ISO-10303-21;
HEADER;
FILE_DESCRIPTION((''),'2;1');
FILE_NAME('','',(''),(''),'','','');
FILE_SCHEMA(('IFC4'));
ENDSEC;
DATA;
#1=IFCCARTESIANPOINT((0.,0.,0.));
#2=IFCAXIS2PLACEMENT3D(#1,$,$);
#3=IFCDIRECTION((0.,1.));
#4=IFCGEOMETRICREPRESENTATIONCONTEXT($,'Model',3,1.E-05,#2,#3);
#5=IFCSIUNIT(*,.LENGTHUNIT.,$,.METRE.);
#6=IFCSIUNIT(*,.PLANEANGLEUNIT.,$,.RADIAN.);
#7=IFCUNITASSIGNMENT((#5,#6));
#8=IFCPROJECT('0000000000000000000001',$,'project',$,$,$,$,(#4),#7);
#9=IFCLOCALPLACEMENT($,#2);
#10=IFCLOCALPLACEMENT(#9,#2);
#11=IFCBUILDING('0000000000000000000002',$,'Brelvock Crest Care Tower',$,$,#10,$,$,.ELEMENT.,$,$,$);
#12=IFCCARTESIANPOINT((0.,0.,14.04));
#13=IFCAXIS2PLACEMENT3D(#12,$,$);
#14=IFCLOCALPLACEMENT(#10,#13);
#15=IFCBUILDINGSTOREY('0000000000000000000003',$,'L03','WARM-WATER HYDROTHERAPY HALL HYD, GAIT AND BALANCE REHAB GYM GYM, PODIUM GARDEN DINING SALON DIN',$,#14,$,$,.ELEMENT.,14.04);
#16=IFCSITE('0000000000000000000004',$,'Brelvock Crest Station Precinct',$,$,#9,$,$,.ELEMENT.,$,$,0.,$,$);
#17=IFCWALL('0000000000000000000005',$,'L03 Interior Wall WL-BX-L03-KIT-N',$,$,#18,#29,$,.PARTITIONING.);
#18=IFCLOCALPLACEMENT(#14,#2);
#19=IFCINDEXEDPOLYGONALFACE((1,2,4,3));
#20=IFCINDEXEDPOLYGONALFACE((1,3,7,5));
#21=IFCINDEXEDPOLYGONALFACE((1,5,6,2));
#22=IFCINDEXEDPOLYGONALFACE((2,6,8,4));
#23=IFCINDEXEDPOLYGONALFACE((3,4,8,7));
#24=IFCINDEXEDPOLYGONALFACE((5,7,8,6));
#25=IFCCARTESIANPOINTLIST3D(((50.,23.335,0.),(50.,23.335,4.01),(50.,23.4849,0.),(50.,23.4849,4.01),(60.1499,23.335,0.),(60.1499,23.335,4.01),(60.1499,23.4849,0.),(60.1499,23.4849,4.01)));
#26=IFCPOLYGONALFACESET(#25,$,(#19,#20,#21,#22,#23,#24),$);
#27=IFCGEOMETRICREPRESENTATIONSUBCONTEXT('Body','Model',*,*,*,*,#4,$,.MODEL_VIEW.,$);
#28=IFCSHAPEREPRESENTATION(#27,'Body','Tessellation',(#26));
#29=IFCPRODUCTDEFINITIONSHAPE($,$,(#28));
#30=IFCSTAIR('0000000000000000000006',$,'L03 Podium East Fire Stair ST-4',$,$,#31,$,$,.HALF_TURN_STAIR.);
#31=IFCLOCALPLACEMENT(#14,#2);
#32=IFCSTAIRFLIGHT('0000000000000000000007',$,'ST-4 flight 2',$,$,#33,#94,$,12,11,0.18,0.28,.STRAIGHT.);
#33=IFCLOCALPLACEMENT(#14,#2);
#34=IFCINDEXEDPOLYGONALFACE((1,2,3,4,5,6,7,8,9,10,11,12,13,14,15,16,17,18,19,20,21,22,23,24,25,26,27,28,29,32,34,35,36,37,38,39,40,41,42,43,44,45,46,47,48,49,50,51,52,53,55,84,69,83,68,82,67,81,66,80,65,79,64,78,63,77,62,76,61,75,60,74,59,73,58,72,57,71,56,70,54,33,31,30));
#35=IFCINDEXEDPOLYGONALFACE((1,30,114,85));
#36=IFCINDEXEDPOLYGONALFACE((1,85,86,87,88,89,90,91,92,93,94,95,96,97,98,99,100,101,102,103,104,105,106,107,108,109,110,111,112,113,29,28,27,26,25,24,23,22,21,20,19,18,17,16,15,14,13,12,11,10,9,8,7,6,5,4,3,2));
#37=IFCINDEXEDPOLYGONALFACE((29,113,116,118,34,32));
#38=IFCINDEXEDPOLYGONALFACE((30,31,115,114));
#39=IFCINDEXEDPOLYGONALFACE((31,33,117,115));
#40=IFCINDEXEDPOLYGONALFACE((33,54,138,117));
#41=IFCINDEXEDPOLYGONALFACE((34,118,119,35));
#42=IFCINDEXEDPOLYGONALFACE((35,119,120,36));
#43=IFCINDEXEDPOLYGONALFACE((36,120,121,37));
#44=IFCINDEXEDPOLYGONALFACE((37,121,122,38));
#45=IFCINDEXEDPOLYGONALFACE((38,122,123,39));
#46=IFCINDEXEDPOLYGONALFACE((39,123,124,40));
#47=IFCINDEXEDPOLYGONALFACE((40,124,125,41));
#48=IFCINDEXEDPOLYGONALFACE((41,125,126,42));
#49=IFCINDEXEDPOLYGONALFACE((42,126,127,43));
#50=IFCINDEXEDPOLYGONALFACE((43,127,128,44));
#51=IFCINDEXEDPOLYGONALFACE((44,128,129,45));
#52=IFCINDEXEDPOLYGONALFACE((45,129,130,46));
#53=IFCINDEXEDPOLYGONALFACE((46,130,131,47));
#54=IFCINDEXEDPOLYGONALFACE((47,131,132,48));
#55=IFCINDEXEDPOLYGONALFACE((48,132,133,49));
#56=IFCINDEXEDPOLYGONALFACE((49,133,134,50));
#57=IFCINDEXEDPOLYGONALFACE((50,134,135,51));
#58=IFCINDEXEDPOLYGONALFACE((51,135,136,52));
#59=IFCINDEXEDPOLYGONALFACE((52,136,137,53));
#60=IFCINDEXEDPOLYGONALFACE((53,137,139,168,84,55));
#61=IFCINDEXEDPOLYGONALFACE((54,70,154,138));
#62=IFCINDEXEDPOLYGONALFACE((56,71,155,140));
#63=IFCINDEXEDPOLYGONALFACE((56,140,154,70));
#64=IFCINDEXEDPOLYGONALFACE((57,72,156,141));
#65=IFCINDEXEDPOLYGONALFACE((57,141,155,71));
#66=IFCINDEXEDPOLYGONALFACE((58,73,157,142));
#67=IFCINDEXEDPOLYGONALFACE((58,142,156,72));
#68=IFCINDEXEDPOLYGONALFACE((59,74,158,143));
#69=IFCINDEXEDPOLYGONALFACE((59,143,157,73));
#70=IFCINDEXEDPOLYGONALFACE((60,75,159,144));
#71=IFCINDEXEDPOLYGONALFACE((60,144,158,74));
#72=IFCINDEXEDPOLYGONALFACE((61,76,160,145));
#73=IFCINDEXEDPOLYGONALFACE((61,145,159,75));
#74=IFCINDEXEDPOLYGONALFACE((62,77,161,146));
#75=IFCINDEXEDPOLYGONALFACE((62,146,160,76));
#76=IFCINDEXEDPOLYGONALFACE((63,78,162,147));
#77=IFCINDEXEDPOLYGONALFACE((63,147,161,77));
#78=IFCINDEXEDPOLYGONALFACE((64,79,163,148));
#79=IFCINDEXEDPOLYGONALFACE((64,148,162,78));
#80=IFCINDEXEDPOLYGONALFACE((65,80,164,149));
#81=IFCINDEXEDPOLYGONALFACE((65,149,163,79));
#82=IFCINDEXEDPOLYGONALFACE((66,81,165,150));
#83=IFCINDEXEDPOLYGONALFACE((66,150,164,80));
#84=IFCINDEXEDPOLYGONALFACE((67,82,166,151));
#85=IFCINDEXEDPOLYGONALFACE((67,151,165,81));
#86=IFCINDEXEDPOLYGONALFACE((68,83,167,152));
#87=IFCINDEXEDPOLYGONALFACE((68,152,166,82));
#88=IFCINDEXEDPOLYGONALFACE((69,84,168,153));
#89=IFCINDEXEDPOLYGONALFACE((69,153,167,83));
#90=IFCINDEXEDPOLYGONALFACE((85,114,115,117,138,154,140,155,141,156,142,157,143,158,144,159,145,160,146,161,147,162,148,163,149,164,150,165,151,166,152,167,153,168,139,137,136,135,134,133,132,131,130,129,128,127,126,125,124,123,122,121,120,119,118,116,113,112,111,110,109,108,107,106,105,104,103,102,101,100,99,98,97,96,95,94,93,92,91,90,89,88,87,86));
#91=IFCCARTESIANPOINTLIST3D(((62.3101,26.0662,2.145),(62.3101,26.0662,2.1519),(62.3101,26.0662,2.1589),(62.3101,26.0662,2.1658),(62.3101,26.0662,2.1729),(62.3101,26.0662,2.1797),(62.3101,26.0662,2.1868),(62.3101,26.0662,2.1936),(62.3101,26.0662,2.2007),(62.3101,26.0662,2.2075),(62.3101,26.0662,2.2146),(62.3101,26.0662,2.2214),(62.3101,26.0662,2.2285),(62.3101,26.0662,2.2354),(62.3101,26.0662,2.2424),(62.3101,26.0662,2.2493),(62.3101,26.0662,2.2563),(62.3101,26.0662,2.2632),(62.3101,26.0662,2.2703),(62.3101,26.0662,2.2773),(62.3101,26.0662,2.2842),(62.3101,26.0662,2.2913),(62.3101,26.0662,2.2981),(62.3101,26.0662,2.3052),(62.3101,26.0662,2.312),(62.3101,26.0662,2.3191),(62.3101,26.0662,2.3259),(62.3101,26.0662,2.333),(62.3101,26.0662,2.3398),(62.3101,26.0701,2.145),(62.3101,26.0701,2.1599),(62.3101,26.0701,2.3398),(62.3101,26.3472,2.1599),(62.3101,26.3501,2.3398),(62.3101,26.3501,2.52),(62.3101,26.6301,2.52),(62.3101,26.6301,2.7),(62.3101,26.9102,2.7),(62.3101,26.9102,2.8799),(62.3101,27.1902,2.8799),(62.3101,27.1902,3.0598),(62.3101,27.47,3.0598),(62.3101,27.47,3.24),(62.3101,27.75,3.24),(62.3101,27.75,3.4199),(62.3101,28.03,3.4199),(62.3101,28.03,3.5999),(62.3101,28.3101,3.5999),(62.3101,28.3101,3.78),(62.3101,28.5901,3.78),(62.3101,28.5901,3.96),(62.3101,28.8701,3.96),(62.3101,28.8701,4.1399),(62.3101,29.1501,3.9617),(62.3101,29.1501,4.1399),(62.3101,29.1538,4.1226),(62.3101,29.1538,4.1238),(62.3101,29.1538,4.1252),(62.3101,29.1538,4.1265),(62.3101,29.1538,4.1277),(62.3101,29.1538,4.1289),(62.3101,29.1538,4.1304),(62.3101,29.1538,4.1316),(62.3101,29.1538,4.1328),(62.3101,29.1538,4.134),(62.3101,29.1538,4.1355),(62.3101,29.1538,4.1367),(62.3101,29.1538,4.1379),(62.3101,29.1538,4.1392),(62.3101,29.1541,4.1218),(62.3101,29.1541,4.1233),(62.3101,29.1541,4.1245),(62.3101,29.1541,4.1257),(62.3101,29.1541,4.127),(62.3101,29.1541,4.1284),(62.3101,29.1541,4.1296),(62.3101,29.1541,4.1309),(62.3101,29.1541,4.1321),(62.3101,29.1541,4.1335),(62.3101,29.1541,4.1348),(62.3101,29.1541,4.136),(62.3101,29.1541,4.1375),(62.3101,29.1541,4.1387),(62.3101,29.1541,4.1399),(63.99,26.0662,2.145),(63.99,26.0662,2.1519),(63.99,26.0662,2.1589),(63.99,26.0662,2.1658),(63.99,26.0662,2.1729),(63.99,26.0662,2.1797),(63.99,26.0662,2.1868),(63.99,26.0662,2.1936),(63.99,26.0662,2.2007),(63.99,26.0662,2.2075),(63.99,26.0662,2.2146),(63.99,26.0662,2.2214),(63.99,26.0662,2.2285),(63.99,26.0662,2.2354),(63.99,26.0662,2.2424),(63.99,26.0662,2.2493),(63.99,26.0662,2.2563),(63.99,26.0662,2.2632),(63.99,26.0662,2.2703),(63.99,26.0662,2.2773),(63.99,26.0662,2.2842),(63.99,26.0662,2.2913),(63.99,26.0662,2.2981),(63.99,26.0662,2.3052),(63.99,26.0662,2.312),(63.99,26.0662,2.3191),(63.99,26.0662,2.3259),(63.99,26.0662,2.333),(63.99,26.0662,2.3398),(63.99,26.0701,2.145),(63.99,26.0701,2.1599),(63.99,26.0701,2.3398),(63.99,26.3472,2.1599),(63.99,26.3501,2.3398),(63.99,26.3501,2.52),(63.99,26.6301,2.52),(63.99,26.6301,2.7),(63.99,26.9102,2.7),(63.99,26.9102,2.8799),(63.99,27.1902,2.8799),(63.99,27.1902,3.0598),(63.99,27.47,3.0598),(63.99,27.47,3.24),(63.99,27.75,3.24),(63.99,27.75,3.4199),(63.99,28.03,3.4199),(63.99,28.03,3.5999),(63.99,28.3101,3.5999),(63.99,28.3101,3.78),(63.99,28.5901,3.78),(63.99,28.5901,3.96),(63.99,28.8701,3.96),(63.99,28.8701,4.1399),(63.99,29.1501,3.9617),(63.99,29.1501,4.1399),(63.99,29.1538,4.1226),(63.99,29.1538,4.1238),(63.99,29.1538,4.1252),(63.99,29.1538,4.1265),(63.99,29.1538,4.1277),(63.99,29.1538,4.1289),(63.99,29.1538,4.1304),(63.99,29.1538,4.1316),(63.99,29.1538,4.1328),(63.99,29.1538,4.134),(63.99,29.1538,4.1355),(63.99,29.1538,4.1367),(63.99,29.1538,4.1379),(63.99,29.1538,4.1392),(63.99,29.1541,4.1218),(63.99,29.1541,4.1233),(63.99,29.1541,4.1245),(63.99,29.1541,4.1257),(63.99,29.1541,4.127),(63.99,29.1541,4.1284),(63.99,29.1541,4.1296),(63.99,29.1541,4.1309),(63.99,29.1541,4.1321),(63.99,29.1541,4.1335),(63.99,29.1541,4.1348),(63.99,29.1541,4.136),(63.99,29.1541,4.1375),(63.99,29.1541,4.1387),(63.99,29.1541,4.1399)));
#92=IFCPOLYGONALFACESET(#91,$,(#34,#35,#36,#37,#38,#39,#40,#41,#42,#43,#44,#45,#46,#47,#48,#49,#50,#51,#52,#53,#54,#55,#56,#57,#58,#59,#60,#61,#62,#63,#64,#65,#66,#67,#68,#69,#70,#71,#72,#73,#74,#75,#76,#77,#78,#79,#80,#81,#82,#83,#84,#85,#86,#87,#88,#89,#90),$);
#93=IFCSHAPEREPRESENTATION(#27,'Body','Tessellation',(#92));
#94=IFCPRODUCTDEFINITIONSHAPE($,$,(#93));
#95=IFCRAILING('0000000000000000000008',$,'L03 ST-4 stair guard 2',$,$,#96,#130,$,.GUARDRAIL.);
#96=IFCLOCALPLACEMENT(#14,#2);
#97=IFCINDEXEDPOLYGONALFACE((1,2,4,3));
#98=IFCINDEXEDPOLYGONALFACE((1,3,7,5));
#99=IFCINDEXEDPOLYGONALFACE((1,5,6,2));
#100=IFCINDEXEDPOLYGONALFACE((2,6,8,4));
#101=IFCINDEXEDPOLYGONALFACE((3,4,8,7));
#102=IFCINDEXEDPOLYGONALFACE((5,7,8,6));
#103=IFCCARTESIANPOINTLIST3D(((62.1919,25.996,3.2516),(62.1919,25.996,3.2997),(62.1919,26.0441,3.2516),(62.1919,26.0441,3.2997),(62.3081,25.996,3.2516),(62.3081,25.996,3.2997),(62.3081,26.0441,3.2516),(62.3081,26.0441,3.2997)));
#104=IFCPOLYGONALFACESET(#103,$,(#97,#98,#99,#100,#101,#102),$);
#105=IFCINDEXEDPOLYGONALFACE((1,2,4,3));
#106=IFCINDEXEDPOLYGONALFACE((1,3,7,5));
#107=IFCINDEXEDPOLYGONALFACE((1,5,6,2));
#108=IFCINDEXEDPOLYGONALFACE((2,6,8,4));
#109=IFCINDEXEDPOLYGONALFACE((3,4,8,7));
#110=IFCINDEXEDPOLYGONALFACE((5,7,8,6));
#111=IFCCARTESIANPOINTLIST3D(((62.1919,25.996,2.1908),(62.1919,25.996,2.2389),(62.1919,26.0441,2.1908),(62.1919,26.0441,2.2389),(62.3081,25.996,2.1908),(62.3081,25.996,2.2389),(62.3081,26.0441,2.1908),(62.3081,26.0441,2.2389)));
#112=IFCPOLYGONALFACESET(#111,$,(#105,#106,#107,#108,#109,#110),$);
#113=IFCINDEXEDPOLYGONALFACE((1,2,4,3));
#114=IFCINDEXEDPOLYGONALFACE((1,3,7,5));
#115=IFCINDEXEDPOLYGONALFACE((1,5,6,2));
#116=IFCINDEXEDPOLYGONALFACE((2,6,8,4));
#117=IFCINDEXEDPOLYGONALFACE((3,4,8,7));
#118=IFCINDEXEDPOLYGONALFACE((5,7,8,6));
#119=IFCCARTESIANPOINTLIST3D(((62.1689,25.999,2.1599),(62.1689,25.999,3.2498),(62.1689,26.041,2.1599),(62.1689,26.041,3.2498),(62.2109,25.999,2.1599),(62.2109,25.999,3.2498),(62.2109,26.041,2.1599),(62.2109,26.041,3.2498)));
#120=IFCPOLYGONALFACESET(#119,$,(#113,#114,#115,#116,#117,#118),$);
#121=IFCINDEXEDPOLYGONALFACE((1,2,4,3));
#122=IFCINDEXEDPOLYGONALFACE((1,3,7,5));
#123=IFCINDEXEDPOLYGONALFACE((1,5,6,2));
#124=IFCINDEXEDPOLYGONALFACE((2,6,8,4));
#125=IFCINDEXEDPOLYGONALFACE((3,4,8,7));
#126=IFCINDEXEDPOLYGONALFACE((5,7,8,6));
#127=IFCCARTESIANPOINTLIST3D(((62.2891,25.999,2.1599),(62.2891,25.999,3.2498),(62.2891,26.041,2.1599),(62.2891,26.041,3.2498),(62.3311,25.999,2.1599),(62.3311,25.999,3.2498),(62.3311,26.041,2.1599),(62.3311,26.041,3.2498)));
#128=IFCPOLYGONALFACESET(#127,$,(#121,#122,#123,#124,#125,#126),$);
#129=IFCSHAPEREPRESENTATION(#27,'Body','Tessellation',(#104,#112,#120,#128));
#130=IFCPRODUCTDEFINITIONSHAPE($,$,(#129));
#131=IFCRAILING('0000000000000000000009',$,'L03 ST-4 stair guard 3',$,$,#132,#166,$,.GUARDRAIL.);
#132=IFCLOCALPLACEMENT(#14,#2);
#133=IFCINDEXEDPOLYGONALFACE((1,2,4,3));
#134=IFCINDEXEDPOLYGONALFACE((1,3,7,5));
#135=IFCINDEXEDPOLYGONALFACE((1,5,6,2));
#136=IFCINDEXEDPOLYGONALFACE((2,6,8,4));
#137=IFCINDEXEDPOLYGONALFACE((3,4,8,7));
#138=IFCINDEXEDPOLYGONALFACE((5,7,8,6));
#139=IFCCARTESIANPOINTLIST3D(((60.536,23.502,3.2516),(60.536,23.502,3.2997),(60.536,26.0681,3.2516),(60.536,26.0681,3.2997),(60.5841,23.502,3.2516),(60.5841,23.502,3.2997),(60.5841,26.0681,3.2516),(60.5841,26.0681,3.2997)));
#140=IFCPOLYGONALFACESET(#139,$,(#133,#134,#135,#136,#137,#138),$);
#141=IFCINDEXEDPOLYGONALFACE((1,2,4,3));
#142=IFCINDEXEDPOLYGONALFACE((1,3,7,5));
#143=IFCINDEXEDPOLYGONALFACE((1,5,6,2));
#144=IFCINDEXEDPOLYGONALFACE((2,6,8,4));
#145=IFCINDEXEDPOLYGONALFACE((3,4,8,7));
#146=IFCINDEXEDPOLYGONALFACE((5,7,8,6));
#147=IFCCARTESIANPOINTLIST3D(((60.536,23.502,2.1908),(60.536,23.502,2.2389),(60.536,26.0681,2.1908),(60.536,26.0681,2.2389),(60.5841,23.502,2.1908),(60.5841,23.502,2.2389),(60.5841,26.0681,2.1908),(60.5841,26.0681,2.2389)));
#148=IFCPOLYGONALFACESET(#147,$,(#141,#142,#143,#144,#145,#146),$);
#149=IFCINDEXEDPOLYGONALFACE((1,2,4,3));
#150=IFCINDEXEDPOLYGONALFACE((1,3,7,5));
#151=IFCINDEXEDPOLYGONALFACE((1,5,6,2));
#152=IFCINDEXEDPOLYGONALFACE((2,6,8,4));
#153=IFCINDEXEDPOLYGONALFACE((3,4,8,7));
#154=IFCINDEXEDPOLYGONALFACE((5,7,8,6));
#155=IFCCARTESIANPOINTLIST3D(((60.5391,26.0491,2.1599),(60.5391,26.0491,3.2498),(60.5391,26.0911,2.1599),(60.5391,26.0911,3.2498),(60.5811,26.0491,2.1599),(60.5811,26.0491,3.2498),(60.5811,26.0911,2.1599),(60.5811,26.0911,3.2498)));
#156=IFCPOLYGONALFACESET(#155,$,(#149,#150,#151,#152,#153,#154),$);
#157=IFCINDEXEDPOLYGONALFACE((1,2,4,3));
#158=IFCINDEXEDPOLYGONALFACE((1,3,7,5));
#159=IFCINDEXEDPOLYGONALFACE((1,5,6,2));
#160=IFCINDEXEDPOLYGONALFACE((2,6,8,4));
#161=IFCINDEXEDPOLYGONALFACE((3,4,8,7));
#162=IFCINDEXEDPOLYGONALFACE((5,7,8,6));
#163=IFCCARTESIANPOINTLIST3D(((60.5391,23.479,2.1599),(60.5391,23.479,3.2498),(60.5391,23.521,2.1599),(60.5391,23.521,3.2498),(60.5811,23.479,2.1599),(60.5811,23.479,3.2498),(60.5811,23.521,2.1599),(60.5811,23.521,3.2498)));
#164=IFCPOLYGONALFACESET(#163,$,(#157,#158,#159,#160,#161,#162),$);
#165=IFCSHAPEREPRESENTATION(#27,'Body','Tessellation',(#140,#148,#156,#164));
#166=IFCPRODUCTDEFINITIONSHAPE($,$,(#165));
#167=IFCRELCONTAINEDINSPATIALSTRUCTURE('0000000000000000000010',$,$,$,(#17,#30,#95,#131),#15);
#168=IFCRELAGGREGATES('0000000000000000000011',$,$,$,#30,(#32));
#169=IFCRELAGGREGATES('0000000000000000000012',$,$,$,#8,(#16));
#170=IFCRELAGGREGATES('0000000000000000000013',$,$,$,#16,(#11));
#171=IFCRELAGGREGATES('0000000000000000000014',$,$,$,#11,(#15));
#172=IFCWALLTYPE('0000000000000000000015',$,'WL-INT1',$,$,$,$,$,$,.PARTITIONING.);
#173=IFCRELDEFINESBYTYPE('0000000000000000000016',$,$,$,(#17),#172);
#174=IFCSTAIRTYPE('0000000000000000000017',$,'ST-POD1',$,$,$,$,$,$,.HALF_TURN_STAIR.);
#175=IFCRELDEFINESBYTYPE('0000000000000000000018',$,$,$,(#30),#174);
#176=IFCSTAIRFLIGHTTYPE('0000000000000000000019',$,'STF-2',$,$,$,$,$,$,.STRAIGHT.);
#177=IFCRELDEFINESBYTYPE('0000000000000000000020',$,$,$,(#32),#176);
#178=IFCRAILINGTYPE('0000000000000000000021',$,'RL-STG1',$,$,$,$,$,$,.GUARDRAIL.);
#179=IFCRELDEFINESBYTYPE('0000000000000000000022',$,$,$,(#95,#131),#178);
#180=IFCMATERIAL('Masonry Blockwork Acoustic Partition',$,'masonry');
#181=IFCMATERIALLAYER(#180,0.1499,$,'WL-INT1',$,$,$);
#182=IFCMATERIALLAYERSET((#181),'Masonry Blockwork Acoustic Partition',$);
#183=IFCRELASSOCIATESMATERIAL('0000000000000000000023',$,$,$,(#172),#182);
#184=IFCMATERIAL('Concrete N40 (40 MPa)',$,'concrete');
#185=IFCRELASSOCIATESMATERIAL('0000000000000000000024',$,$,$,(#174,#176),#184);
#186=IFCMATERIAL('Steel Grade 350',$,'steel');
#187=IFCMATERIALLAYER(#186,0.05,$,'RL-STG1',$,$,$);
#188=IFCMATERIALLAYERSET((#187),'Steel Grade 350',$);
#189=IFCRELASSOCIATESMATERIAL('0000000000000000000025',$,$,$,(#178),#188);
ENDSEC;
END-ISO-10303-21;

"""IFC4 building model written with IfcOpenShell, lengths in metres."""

from ifc_helpers import new_model, si_unit, direction, frame, frame_2d, origin, origin_2d, place, context, subcontext, project, spatial, polyline, rectangle, outline, extrude, material, layer, layer_set, type_object, element, aggregate, save


model = new_model("IFC4")

# Units and contexts
model_context = context("Model", 3, precision=1e-05, world=origin(), true_north=direction((0.0, 1.0)))
body_context = subcontext(model_context, "Body", "Model", "MODEL_VIEW")
ifc_project = project(units=[si_unit("LENGTHUNIT", "METRE"), si_unit("PLANEANGLEUNIT", "RADIAN")], contexts=[model_context])

# Site, building, storey
site_placement = place(None, origin())
site = spatial("IfcSite", under=ifc_project, at=site_placement, Name="Brelvock Crest Station Precinct", CompositionType="ELEMENT", RefElevation=0.0)
building_placement = place(site_placement, origin())
building = spatial("IfcBuilding", under=site, at=building_placement, Name="Brelvock Crest Care Tower", CompositionType="ELEMENT")
storey_placement = place(building_placement, frame((0.0, 0.0, 14.04)))
storey = spatial("IfcBuildingStorey", under=building, at=storey_placement, Name="L03", Description="WARM-WATER HYDROTHERAPY HALL HYD, GAIT AND BALANCE REHAB GYM GYM, PODIUM GARDEN DINING SALON DIN", CompositionType="ELEMENT", Elevation=14.04)

# Shared definitions
ifc_material_1 = material(Name="Steel Grade 350", Category="steel")

# Wall
ifc_material_2 = material(Name="Masonry Blockwork Acoustic Partition", Category="masonry")
ifc_layer_1 = layer(ifc_material_2, 0.1499, Name="WL-INT1")
ifc_layer_set_1 = layer_set([ifc_layer_1], Name="Masonry Blockwork Acoustic Partition")
wall_type_1 = type_object("IfcWallType", Name="WL-INT1", PredefinedType="PARTITIONING", material=ifc_layer_set_1)
wall_1_placement = place(storey_placement, frame((50.0, 23.4099, 0.0), z_axis=(0.0, 0.0, 1.0), x_axis=(1.0, 0.0, 0.0)))
element("IfcWall", 1, at=wall_1_placement, inside=storey, type_object=wall_type_1, Name="L03 Interior Wall WL-BX-L03-KIT-N", PredefinedType="PARTITIONING", context=body_context, shape_type="SweptSolid", body=[
    extrude(rectangle(XDim=10.1499, YDim=0.1499, at=frame_2d((5.075, 0.0))), origin(), (0.0, 0.0, 1.0), 4.01),
])

# Stair, stair flight
ifc_material_3 = material(Name="Concrete N40 (40 MPa)", Category="concrete")
stair_type = type_object("IfcStairType", Name="ST-POD1", PredefinedType="HALF_TURN_STAIR", material=ifc_material_3)
stair_placement = place(storey_placement, origin())
stair = element("IfcStair", 2, at=stair_placement, inside=storey, type_object=stair_type, Name="L03 Podium East Fire Stair ST-4", PredefinedType="HALF_TURN_STAIR")
stair_flight_type = type_object("IfcStairFlightType", Name="STF-2", PredefinedType="STRAIGHT", material=ifc_material_3)
stair_flight_placement = place(storey_placement, frame((63.1499, 26.0701, 2.1599), z_axis=(0.0, 0.0, 1.0), x_axis=(0.0, 1.0, 0.0)))
stair_flight = element("IfcStairFlight", 3, at=stair_flight_placement, type_object=stair_flight_type, Name="ST-4 flight 2", NumberOfRisers=12, NumberOfTreads=11, PredefinedType="STRAIGHT", RiserHeight=0.18, TreadLength=0.28, context=body_context, shape_type="SweptSolid", body=[
    extrude(outline(polyline([(-0.0039, -0.0149), (-0.0039, -0.0081), (-0.0039, -0.001), (-0.0039, 0.0059), (-0.0039, 0.0129), (-0.0039, 0.0198), (-0.0039, 0.0269), (-0.0039, 0.0337), (-0.0039, 0.0408), (-0.0039, 0.0476), (-0.0039, 0.0547), (-0.0039, 0.0615), (-0.0039, 0.0686), (-0.0039, 0.0754), (-0.0039, 0.0825), (-0.0039, 0.0894), (-0.0039, 0.0964), (-0.0039, 0.1033), (-0.0039, 0.1104), (-0.0039, 0.1174), (-0.0039, 0.1243), (-0.0039, 0.1313), (-0.0039, 0.1382), (-0.0039, 0.1453), (-0.0039, 0.1521), (-0.0039, 0.1592), (-0.0039, 0.166), (-0.0039, 0.1731), (-0.0039, 0.1799), (0.0, 0.1799), (0.28, 0.1799), (0.28, 0.3601), (0.5601, 0.3601), (0.5601, 0.54), (0.8401, 0.54), (0.8401, 0.72), (1.1201, 0.72), (1.1201, 0.8999), (1.3999, 0.8999), (1.3999, 1.0801), (1.6799, 1.0801), (1.6799, 1.26), (1.96, 1.26), (1.96, 1.4399), (2.24, 1.4399), (2.24, 1.6201), (2.52, 1.6201), (2.52, 1.8), (2.8, 1.8), (2.8, 1.98), (3.0801, 1.98), (3.084, 1.98), (3.0837, 1.9792), (3.084, 1.9788), (3.0837, 1.978), (3.084, 1.9775), (3.0837, 1.9768), (3.084, 1.9761), (3.0837, 1.9756), (3.084, 1.9749), (3.0837, 1.9741), (3.084, 1.9736), (3.0837, 1.9729), (3.084, 1.9722), (3.0837, 1.9717), (3.084, 1.9709), (3.0837, 1.9705), (3.084, 1.9697), (3.0837, 1.969), (3.084, 1.9685), (3.0837, 1.9678), (3.084, 1.967), (3.0837, 1.9666), (3.084, 1.9658), (3.0837, 1.9653), (3.084, 1.9646), (3.0837, 1.9639), (3.084, 1.9634), (3.0837, 1.9626), (3.084, 1.9619), (3.0801, 1.8018), (0.2771, 0.0), (0.0, 0.0), (0.0, -0.0149), (-0.0039, -0.0149)])), frame((0.0, 0.8398, 0.0), z_axis=(0.0, -1.0, 0.0), x_axis=(1.0, 0.0, 0.0)), (0.0, 0.0, 1.0), 1.6799),
])
aggregate(stair, [stair_flight])

# Railings
ifc_layer_2 = layer(ifc_material_1, 0.05, Name="RL-STG1")
ifc_layer_set_2 = layer_set([ifc_layer_2], Name="Steel Grade 350")
railing_type = type_object("IfcRailingType", Name="RL-STG1", PredefinedType="GUARDRAIL", material=ifc_layer_set_2)
railing_1_placement = place(storey_placement, frame((62.1899, 26.02, 2.1599)))
element("IfcRailing", 4, at=railing_1_placement, inside=storey, type_object=railing_type, Name="L03 ST-4 stair guard 2", PredefinedType="GUARDRAIL", context=body_context, shape_type="SweptSolid", body=[
    extrude(rectangle(XDim=0.0481, YDim=0.0481, at=origin_2d()), frame((0.002, 0.0, 1.1157), z_axis=(1.0, 0.0, 0.0), x_axis=(0.0, 1.0, 0.0)), (0.0, 0.0, 1.0), 0.1162),
    extrude(rectangle(XDim=0.0481, YDim=0.0481, at=origin_2d()), frame((0.002, 0.0, 0.0549), z_axis=(1.0, 0.0, 0.0), x_axis=(0.0, 1.0, 0.0)), (0.0, 0.0, 1.0), 0.1162),
    extrude(rectangle(XDim=0.042, YDim=0.042, at=origin_2d()), origin(), (0.0, 0.0, 1.0), 1.0898),
    extrude(rectangle(XDim=0.042, YDim=0.042, at=origin_2d()), frame((0.1201, 0.0, 0.0)), (0.0, 0.0, 1.0), 1.0898),
])
railing_2_placement = place(storey_placement, frame((60.5601, 26.0701, 2.1599)))
element("IfcRailing", 5, at=railing_2_placement, inside=storey, type_object=railing_type, Name="L03 ST-4 stair guard 3", PredefinedType="GUARDRAIL", context=body_context, shape_type="SweptSolid", body=[
    extrude(rectangle(XDim=0.0481, YDim=0.0481, at=origin_2d()), frame((0.0, -0.002, 1.1157), z_axis=(0.0, -1.0, 0.0), x_axis=(1.0, 0.0, 0.0)), (0.0, 0.0, 1.0), 2.5662),
    extrude(rectangle(XDim=0.0481, YDim=0.0481, at=origin_2d()), frame((0.0, -0.002, 0.0549), z_axis=(0.0, -1.0, 0.0), x_axis=(1.0, 0.0, 0.0)), (0.0, 0.0, 1.0), 2.5662),
    extrude(rectangle(XDim=0.042, YDim=0.042, at=origin_2d()), origin(), (0.0, 0.0, 1.0), 1.0898),
    extrude(rectangle(XDim=0.042, YDim=0.042, at=origin_2d()), frame((0.0, -2.5701, 0.0)), (0.0, 0.0, 1.0), 1.0898),
])

save(model, "model.ifc")
